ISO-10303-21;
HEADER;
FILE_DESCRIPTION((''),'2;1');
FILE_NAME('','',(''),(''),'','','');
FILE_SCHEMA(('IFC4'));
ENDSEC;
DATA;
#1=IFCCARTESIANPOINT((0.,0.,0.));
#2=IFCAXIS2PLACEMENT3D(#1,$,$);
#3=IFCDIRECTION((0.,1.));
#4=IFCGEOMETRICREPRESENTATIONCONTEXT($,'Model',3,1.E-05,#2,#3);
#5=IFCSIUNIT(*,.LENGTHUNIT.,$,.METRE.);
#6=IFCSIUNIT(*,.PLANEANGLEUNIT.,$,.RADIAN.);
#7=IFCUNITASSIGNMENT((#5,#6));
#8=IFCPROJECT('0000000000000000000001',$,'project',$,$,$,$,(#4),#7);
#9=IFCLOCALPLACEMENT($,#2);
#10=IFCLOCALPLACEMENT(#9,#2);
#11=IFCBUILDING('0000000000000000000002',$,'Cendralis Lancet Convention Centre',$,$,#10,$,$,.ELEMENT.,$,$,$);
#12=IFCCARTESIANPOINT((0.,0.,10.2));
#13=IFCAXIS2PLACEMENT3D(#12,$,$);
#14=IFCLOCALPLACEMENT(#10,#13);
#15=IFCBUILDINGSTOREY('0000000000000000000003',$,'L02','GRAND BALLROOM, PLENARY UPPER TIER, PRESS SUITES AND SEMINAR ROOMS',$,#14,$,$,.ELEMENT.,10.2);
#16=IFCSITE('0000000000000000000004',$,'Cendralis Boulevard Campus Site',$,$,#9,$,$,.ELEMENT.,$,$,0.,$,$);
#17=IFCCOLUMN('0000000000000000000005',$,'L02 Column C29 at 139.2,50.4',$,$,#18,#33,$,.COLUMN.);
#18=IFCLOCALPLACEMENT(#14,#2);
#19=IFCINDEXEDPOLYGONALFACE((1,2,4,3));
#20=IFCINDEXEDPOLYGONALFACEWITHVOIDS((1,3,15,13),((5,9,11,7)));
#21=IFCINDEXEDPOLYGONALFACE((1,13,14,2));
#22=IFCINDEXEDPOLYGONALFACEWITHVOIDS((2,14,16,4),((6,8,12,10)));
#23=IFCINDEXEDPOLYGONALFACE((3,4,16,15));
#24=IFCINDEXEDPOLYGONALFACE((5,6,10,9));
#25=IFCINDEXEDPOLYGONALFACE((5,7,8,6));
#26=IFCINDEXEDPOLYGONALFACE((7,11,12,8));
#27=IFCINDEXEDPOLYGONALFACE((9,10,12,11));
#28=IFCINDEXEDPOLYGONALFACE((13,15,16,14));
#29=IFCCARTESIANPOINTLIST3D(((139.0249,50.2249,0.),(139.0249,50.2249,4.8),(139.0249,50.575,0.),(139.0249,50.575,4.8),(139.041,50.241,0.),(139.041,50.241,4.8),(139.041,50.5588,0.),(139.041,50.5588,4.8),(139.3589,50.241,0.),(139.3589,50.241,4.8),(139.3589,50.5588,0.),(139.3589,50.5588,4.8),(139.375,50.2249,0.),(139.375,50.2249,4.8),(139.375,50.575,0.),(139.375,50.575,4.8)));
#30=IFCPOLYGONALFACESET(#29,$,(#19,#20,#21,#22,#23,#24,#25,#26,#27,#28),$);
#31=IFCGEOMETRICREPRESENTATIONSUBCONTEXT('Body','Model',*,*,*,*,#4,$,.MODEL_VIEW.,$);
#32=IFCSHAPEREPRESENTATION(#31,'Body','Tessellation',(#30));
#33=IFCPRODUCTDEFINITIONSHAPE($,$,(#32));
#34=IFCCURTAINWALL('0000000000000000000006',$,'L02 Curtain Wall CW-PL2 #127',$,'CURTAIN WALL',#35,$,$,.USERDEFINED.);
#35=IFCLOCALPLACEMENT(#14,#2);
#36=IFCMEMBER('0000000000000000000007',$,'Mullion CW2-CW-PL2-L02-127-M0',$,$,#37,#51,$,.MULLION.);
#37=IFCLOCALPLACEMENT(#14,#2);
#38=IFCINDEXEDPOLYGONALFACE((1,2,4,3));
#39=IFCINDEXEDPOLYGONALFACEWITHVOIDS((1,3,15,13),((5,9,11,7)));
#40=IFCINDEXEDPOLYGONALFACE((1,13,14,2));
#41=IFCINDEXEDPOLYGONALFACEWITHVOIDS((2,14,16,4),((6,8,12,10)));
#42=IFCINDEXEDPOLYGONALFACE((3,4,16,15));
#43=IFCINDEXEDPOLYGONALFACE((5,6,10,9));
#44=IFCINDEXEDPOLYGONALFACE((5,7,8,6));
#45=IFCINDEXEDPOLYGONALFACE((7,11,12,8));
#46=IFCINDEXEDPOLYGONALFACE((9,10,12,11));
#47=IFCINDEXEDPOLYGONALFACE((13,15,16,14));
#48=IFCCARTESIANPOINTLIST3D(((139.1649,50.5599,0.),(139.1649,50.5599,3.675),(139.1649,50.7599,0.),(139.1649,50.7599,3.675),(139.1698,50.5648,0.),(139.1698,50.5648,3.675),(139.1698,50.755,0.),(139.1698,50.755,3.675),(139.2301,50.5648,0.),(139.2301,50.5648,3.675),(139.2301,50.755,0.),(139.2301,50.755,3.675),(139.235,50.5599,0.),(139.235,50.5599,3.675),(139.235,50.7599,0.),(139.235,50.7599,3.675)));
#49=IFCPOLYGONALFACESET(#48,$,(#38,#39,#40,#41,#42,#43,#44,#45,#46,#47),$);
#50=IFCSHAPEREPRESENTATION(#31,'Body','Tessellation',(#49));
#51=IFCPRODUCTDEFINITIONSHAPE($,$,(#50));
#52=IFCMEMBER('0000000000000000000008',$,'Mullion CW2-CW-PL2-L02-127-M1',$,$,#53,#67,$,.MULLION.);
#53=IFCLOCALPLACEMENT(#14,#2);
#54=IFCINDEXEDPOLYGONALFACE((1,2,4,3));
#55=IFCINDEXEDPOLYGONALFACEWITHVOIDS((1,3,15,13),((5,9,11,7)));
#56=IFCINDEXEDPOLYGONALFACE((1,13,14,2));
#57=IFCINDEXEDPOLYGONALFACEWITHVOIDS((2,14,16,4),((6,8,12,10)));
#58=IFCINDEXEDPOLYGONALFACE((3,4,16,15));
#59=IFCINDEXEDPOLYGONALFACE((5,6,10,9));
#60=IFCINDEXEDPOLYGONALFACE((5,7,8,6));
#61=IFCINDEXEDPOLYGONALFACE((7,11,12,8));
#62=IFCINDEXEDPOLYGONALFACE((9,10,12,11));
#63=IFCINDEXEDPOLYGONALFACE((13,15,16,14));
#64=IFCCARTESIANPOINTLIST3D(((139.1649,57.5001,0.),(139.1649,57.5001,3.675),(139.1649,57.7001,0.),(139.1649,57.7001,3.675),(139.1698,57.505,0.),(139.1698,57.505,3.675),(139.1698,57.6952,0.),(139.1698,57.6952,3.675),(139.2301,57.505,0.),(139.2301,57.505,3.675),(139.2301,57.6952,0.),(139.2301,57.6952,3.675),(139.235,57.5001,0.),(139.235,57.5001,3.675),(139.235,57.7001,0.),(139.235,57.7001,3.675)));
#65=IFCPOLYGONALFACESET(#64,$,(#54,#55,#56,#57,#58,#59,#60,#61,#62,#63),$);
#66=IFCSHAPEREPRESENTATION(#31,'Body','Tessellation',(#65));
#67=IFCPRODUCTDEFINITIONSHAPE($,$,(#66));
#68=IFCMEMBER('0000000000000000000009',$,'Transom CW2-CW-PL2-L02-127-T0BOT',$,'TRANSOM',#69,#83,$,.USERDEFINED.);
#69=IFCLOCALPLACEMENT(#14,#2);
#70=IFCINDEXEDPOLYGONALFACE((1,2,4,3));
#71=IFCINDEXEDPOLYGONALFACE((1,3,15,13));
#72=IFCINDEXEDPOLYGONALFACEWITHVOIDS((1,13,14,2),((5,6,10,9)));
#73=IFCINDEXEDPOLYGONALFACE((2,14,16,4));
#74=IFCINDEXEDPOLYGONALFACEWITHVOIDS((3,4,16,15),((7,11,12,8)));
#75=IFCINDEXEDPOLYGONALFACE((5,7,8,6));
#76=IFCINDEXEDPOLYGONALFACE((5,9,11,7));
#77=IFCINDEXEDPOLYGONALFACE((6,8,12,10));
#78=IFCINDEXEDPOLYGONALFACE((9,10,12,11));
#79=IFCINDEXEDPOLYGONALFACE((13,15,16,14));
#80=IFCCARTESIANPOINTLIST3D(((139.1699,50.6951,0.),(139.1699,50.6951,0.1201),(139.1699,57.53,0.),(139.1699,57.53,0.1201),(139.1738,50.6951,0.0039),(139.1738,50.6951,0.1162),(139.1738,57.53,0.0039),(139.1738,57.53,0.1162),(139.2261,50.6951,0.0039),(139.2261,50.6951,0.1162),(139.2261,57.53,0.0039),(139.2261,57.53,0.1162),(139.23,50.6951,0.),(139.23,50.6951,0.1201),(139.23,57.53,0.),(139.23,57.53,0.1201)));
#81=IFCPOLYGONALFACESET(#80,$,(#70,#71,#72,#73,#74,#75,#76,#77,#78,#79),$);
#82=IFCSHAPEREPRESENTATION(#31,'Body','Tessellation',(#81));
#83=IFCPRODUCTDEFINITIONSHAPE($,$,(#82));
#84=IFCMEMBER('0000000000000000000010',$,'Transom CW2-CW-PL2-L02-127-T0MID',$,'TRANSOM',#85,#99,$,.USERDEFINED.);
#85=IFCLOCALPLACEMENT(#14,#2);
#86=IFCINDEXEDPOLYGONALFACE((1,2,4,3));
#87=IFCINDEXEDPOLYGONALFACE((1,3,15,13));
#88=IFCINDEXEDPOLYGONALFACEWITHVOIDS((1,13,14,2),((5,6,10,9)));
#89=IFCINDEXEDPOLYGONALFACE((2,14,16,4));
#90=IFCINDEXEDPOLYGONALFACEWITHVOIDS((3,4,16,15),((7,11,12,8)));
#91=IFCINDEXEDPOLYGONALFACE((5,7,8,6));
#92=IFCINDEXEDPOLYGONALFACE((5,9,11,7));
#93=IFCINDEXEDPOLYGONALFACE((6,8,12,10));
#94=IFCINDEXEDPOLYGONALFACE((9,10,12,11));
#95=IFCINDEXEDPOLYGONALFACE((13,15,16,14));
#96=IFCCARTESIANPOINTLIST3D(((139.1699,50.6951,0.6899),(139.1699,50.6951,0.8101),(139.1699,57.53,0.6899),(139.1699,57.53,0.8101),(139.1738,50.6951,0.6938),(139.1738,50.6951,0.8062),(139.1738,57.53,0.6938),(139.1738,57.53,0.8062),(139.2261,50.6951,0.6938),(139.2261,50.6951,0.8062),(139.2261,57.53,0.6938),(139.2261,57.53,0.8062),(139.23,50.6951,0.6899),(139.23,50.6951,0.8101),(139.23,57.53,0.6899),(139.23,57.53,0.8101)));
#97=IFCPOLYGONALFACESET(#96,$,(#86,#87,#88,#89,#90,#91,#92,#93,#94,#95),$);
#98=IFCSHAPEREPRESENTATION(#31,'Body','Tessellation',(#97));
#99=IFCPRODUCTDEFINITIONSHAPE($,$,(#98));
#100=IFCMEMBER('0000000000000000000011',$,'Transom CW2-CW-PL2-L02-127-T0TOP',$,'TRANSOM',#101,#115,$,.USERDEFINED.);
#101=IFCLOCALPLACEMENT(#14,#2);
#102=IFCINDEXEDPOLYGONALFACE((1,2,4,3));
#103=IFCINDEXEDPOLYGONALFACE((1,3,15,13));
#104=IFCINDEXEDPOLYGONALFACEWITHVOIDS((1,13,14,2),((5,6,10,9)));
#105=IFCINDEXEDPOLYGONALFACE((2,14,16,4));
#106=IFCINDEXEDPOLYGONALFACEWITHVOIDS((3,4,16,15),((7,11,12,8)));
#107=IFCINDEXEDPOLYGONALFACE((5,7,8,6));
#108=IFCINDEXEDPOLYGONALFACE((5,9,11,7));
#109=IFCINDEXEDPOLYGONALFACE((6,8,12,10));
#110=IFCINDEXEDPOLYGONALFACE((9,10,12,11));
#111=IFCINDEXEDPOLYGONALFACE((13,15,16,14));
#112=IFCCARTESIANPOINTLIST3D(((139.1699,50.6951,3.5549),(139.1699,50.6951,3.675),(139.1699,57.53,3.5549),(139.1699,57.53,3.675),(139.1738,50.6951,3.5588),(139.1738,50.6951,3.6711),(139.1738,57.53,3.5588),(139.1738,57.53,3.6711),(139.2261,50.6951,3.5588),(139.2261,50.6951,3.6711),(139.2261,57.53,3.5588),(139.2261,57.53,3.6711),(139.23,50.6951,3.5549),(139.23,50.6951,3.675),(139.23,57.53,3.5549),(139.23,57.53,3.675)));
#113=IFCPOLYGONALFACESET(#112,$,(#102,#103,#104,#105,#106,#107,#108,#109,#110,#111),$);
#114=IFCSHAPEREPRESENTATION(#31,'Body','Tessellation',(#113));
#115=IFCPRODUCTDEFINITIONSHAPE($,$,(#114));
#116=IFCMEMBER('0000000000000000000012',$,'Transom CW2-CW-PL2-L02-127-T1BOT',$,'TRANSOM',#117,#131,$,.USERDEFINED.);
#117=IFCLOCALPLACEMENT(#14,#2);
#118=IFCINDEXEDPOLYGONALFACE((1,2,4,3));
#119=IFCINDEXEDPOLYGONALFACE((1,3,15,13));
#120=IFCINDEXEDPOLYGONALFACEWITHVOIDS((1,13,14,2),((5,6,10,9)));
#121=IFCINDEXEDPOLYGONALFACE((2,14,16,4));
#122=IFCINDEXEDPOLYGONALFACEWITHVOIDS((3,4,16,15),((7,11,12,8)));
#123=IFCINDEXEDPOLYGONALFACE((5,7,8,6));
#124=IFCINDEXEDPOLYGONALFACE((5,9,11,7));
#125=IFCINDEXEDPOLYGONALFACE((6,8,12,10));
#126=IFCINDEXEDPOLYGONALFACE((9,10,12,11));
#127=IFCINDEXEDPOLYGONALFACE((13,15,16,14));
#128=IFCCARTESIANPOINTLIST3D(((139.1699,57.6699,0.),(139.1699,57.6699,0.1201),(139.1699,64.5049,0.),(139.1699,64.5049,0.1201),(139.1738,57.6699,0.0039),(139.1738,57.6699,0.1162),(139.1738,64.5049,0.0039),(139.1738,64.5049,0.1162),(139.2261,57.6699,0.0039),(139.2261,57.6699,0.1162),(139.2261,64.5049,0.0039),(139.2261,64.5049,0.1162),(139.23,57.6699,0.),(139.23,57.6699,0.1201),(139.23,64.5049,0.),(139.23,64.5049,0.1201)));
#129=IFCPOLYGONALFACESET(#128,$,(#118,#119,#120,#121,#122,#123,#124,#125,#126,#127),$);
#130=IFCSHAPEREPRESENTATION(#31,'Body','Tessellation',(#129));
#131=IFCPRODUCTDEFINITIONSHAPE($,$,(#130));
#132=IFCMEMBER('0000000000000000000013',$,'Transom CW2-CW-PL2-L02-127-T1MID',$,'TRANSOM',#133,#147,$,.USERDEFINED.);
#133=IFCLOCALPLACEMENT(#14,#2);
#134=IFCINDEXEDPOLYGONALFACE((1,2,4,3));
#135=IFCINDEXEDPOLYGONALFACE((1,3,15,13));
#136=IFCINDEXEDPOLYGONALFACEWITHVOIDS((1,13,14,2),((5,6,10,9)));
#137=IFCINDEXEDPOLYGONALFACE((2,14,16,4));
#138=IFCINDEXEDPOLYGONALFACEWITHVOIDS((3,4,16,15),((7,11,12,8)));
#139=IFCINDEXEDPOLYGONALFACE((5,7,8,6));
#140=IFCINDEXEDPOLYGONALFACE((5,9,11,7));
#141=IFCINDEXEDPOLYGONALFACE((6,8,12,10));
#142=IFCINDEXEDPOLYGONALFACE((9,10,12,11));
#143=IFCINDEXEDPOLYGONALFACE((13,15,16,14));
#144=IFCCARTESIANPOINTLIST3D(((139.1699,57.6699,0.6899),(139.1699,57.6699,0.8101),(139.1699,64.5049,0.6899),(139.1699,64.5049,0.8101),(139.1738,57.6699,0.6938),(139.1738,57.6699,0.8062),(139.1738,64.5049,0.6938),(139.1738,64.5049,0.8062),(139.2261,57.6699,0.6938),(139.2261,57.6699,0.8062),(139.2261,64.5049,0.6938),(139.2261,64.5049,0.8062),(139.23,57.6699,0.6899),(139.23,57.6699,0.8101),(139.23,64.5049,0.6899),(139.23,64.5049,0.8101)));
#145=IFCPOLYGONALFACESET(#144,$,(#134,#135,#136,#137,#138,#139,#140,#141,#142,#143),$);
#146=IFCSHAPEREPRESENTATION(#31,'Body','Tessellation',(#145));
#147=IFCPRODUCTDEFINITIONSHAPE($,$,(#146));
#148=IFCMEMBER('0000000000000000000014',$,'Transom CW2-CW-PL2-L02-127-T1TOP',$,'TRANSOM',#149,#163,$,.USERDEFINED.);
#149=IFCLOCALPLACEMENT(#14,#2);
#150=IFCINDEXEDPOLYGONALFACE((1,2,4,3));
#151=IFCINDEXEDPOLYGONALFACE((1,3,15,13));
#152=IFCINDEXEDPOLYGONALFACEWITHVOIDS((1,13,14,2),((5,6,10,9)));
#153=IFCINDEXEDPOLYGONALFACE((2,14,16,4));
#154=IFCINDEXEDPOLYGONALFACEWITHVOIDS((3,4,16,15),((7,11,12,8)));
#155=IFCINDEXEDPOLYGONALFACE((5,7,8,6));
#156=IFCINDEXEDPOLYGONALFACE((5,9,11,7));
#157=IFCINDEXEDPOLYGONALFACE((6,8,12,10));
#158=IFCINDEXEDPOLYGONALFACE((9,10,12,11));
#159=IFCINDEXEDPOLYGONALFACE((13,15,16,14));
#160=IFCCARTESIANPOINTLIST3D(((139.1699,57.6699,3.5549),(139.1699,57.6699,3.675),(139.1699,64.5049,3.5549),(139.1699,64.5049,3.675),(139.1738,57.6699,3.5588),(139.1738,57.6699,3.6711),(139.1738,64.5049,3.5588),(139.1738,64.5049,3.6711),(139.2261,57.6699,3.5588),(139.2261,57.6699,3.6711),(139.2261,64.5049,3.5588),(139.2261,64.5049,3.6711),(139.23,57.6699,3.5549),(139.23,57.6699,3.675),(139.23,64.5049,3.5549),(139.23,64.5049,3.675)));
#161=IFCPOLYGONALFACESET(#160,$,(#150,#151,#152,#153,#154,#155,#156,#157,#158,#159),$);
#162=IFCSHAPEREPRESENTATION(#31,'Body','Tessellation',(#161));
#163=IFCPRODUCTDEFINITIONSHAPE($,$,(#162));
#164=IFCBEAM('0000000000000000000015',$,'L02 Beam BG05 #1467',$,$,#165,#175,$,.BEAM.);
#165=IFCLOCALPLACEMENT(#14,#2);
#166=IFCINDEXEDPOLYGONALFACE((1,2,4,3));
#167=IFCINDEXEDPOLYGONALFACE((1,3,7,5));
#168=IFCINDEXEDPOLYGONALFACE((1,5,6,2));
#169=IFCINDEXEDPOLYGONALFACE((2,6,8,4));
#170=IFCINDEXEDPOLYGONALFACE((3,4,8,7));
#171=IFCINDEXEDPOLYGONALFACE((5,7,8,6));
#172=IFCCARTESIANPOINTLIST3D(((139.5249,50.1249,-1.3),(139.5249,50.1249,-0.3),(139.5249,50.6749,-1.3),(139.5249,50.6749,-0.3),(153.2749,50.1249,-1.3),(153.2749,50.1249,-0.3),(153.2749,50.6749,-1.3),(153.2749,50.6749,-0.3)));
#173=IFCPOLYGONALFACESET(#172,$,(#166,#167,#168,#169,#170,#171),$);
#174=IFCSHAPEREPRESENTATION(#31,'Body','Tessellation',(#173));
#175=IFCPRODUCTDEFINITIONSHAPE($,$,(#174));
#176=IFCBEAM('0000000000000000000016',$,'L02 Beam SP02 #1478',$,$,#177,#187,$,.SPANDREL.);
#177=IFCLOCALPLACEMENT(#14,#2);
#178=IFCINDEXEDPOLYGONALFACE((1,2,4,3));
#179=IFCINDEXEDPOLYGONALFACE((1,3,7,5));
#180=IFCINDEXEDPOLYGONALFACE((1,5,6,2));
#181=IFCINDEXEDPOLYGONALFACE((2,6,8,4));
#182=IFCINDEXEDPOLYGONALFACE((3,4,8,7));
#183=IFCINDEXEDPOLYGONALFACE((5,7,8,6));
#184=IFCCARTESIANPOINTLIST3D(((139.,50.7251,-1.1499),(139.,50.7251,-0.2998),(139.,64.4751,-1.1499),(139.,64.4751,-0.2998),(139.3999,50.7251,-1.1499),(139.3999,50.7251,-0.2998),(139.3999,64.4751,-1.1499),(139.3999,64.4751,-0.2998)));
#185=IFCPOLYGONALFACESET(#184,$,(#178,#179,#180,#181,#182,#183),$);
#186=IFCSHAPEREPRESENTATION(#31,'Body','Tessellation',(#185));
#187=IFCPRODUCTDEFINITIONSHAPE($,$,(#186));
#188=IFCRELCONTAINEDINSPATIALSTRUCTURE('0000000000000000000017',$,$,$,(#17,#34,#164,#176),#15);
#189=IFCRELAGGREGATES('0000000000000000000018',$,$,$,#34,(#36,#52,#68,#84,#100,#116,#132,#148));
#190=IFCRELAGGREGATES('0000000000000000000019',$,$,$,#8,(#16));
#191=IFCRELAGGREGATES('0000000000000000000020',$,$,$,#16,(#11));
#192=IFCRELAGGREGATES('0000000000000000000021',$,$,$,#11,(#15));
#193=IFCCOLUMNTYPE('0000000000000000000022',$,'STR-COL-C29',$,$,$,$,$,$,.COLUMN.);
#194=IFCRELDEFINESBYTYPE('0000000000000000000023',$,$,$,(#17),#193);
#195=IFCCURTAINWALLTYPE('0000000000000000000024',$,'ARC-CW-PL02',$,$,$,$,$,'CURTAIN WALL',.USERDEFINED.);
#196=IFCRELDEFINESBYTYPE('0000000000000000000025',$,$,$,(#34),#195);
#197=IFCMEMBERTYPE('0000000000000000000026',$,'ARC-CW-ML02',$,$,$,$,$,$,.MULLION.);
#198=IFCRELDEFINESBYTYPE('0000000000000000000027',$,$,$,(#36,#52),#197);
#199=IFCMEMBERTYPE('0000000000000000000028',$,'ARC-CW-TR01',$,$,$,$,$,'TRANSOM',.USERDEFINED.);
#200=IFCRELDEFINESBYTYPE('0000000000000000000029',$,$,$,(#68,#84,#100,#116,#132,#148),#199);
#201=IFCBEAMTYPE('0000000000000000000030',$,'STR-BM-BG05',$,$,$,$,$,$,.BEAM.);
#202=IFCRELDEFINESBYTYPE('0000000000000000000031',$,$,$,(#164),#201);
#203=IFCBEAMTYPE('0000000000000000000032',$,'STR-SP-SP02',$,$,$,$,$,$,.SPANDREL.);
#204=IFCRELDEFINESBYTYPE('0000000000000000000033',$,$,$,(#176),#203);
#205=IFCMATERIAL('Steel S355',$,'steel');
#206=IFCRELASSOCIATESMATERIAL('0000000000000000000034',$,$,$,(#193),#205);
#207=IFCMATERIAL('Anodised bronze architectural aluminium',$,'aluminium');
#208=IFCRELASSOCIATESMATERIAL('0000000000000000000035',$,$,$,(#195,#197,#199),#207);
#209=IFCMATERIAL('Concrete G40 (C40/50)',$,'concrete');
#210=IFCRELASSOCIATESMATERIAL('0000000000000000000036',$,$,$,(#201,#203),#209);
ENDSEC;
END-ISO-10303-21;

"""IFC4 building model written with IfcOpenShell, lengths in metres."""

from ifc_helpers import new_model, si_unit, direction, frame, origin, origin_2d, place, context, subcontext, project, spatial, rectangle, hollow_rectangle, extrude, material, material_profile, profile_set, type_object, element, aggregate, save


model = new_model("IFC4")

# Units and contexts
model_context = context("Model", 3, precision=1e-05, world=origin(), true_north=direction((0.0, 1.0)))
body_context = subcontext(model_context, "Body", "Model", "MODEL_VIEW")
ifc_project = project(units=[si_unit("LENGTHUNIT", "METRE"), si_unit("PLANEANGLEUNIT", "RADIAN")], contexts=[model_context])

# Site, building, storey
site_placement = place(None, origin())
site = spatial("IfcSite", under=ifc_project, at=site_placement, Name="Cendralis Boulevard Campus Site", CompositionType="ELEMENT", RefElevation=0.0)
building_placement = place(site_placement, origin())
building = spatial("IfcBuilding", under=site, at=building_placement, Name="Cendralis Lancet Convention Centre", CompositionType="ELEMENT")
storey_placement = place(building_placement, frame((0.0, 0.0, 10.2)))
storey = spatial("IfcBuildingStorey", under=building, at=storey_placement, Name="L02", Description="GRAND BALLROOM, PLENARY UPPER TIER, PRESS SUITES AND SEMINAR ROOMS", CompositionType="ELEMENT", Elevation=10.2)

# Column
ifc_material_1 = material(Name="Steel S355", Category="steel")
ifc_material_profile_1 = material_profile(ifc_material_1, hollow_rectangle(XDim=0.3501, YDim=0.3501, WallThickness=0.0161, at=origin_2d()), Name="SHS 350x350x16.0")
ifc_profile_set_1 = profile_set([ifc_material_profile_1], Name="Steel S355")
column_type = type_object("IfcColumnType", Name="STR-COL-C29", PredefinedType="COLUMN", material=ifc_profile_set_1)
column_placement = place(storey_placement, frame((139.2, 50.3999, 0.0), z_axis=(0.0, 0.0, 1.0), x_axis=(1.0, 0.0, 0.0)))
element("IfcColumn", 1, at=column_placement, inside=storey, type_object=column_type, Name="L02 Column C29 at 139.2,50.4", PredefinedType="COLUMN", context=body_context, shape_type="SweptSolid", body=[
    extrude(hollow_rectangle(XDim=0.3501, YDim=0.3501, WallThickness=0.0161, at=origin_2d()), origin(), (0.0, 0.0, 1.0), 4.8),
])

# Curtain wall, members
ifc_material_2 = material(Name="Anodised bronze architectural aluminium", Category="aluminium")
curtain_wall_type = type_object("IfcCurtainWallType", Name="ARC-CW-PL02", ElementType="CURTAIN WALL", PredefinedType="USERDEFINED", material=ifc_material_2)
curtain_wall_placement = place(storey_placement, origin())
curtain_wall = element("IfcCurtainWall", 2, at=curtain_wall_placement, inside=storey, type_object=curtain_wall_type, Name="L02 Curtain Wall CW-PL2 #127", ObjectType="CURTAIN WALL", PredefinedType="USERDEFINED")
ifc_material_profile_2 = material_profile(ifc_material_2, hollow_rectangle(XDim=0.0701, YDim=0.2, WallThickness=0.0049, at=origin_2d()), Name="AL-MULL 70x200x5.0")
ifc_profile_set_2 = profile_set([ifc_material_profile_2], Name="Anodised bronze architectural aluminium")
member_type_1 = type_object("IfcMemberType", Name="ARC-CW-ML02", PredefinedType="MULLION", material=ifc_profile_set_2)
member_1_placement = place(storey_placement, frame((139.2, 50.6599, 0.0), z_axis=(0.0, 0.0, 1.0), x_axis=(1.0, 0.0, 0.0)))
member_1 = element("IfcMember", 3, at=member_1_placement, type_object=member_type_1, Name="Mullion CW2-CW-PL2-L02-127-M0", PredefinedType="MULLION", context=body_context, shape_type="SweptSolid", body=[
    extrude(hollow_rectangle(XDim=0.0701, YDim=0.2, WallThickness=0.0049, at=origin_2d()), origin(), (0.0, 0.0, 1.0), 3.675),
])
member_2_placement = place(storey_placement, frame((139.2, 57.6001, 0.0), z_axis=(0.0, 0.0, 1.0), x_axis=(1.0, 0.0, 0.0)))
member_2 = element("IfcMember", 4, at=member_2_placement, type_object=member_type_1, Name="Mullion CW2-CW-PL2-L02-127-M1", PredefinedType="MULLION", context=body_context, shape_type="SweptSolid", body=[
    extrude(hollow_rectangle(XDim=0.0701, YDim=0.2, WallThickness=0.0049, at=origin_2d()), origin(), (0.0, 0.0, 1.0), 3.675),
])
ifc_material_profile_3 = material_profile(ifc_material_2, hollow_rectangle(XDim=0.0601, YDim=0.1201, WallThickness=0.0039, at=origin_2d()), Name="AL-TRAN 60x120x4.0")
ifc_profile_set_3 = profile_set([ifc_material_profile_3], Name="Anodised bronze architectural aluminium")
member_type_2 = type_object("IfcMemberType", Name="ARC-CW-TR01", ElementType="TRANSOM", PredefinedType="USERDEFINED", material=ifc_profile_set_3)
member_3_placement = place(storey_placement, frame((139.2, 50.6951, 0.0601), z_axis=(0.0, 1.0, 0.0), x_axis=(-1.0, 0.0, 0.0)))
member_3 = element("IfcMember", 5, at=member_3_placement, type_object=member_type_2, Name="Transom CW2-CW-PL2-L02-127-T0BOT", ObjectType="TRANSOM", PredefinedType="USERDEFINED", context=body_context, shape_type="SweptSolid", body=[
    extrude(hollow_rectangle(XDim=0.0601, YDim=0.1201, WallThickness=0.0039, at=origin_2d()), origin(), (0.0, 0.0, 1.0), 6.835),
])
member_4_placement = place(storey_placement, frame((139.2, 50.6951, 0.75), z_axis=(0.0, 1.0, 0.0), x_axis=(-1.0, 0.0, 0.0)))
member_4 = element("IfcMember", 6, at=member_4_placement, type_object=member_type_2, Name="Transom CW2-CW-PL2-L02-127-T0MID", ObjectType="TRANSOM", PredefinedType="USERDEFINED", context=body_context, shape_type="SweptSolid", body=[
    extrude(hollow_rectangle(XDim=0.0601, YDim=0.1201, WallThickness=0.0039, at=origin_2d()), origin(), (0.0, 0.0, 1.0), 6.835),
])
member_5_placement = place(storey_placement, frame((139.2, 50.6951, 3.615), z_axis=(0.0, 1.0, 0.0), x_axis=(-1.0, 0.0, 0.0)))
member_5 = element("IfcMember", 7, at=member_5_placement, type_object=member_type_2, Name="Transom CW2-CW-PL2-L02-127-T0TOP", ObjectType="TRANSOM", PredefinedType="USERDEFINED", context=body_context, shape_type="SweptSolid", body=[
    extrude(hollow_rectangle(XDim=0.0601, YDim=0.1201, WallThickness=0.0039, at=origin_2d()), origin(), (0.0, 0.0, 1.0), 6.835),
])
member_6_placement = place(storey_placement, frame((139.2, 57.6699, 0.0601), z_axis=(0.0, 1.0, 0.0), x_axis=(-1.0, 0.0, 0.0)))
member_6 = element("IfcMember", 8, at=member_6_placement, type_object=member_type_2, Name="Transom CW2-CW-PL2-L02-127-T1BOT", ObjectType="TRANSOM", PredefinedType="USERDEFINED", context=body_context, shape_type="SweptSolid", body=[
    extrude(hollow_rectangle(XDim=0.0601, YDim=0.1201, WallThickness=0.0039, at=origin_2d()), origin(), (0.0, 0.0, 1.0), 6.835),
])
member_7_placement = place(storey_placement, frame((139.2, 57.6699, 0.75), z_axis=(0.0, 1.0, 0.0), x_axis=(-1.0, 0.0, 0.0)))
member_7 = element("IfcMember", 9, at=member_7_placement, type_object=member_type_2, Name="Transom CW2-CW-PL2-L02-127-T1MID", ObjectType="TRANSOM", PredefinedType="USERDEFINED", context=body_context, shape_type="SweptSolid", body=[
    extrude(hollow_rectangle(XDim=0.0601, YDim=0.1201, WallThickness=0.0039, at=origin_2d()), origin(), (0.0, 0.0, 1.0), 6.835),
])
member_8_placement = place(storey_placement, frame((139.2, 57.6699, 3.615), z_axis=(0.0, 1.0, 0.0), x_axis=(-1.0, 0.0, 0.0)))
member_8 = element("IfcMember", 10, at=member_8_placement, type_object=member_type_2, Name="Transom CW2-CW-PL2-L02-127-T1TOP", ObjectType="TRANSOM", PredefinedType="USERDEFINED", context=body_context, shape_type="SweptSolid", body=[
    extrude(hollow_rectangle(XDim=0.0601, YDim=0.1201, WallThickness=0.0039, at=origin_2d()), origin(), (0.0, 0.0, 1.0), 6.835),
])

# Beams
ifc_material_3 = material(Name="Concrete G40 (C40/50)", Category="concrete")
ifc_material_profile_4 = material_profile(ifc_material_3, rectangle(XDim=0.55, YDim=1.0, at=origin_2d()), Name="RCB 550x1000")
ifc_profile_set_4 = profile_set([ifc_material_profile_4], Name="Concrete G40 (C40/50)")
beam_type_1 = type_object("IfcBeamType", Name="STR-BM-BG05", PredefinedType="BEAM", material=ifc_profile_set_4)
beam_1_placement = place(storey_placement, frame((139.5249, 50.3999, -0.8), z_axis=(1.0, 0.0, 0.0), x_axis=(0.0, 1.0, 0.0)))
element("IfcBeam", 11, at=beam_1_placement, inside=storey, type_object=beam_type_1, Name="L02 Beam BG05 #1467", PredefinedType="BEAM", context=body_context, shape_type="SweptSolid", body=[
    extrude(rectangle(XDim=0.55, YDim=1.0, at=origin_2d()), origin(), (0.0, 0.0, 1.0), 13.75),
])
ifc_material_profile_5 = material_profile(ifc_material_3, rectangle(XDim=0.3999, YDim=0.8501, at=origin_2d()), Name="RCB 400x850")
ifc_profile_set_5 = profile_set([ifc_material_profile_5], Name="Concrete G40 (C40/50)")
beam_type_2 = type_object("IfcBeamType", Name="STR-SP-SP02", PredefinedType="SPANDREL", material=ifc_profile_set_5)
beam_2_placement = place(storey_placement, frame((139.2, 50.7251, -0.7249), z_axis=(0.0, 1.0, 0.0), x_axis=(-1.0, 0.0, 0.0)))
element("IfcBeam", 12, at=beam_2_placement, inside=storey, type_object=beam_type_2, Name="L02 Beam SP02 #1478", PredefinedType="SPANDREL", context=body_context, shape_type="SweptSolid", body=[
    extrude(rectangle(XDim=0.3999, YDim=0.8501, at=origin_2d()), origin(), (0.0, 0.0, 1.0), 13.75),
])

aggregate(curtain_wall, [member_1, member_2, member_3, member_4, member_5, member_6, member_7, member_8])

save(model, "model.ifc")
